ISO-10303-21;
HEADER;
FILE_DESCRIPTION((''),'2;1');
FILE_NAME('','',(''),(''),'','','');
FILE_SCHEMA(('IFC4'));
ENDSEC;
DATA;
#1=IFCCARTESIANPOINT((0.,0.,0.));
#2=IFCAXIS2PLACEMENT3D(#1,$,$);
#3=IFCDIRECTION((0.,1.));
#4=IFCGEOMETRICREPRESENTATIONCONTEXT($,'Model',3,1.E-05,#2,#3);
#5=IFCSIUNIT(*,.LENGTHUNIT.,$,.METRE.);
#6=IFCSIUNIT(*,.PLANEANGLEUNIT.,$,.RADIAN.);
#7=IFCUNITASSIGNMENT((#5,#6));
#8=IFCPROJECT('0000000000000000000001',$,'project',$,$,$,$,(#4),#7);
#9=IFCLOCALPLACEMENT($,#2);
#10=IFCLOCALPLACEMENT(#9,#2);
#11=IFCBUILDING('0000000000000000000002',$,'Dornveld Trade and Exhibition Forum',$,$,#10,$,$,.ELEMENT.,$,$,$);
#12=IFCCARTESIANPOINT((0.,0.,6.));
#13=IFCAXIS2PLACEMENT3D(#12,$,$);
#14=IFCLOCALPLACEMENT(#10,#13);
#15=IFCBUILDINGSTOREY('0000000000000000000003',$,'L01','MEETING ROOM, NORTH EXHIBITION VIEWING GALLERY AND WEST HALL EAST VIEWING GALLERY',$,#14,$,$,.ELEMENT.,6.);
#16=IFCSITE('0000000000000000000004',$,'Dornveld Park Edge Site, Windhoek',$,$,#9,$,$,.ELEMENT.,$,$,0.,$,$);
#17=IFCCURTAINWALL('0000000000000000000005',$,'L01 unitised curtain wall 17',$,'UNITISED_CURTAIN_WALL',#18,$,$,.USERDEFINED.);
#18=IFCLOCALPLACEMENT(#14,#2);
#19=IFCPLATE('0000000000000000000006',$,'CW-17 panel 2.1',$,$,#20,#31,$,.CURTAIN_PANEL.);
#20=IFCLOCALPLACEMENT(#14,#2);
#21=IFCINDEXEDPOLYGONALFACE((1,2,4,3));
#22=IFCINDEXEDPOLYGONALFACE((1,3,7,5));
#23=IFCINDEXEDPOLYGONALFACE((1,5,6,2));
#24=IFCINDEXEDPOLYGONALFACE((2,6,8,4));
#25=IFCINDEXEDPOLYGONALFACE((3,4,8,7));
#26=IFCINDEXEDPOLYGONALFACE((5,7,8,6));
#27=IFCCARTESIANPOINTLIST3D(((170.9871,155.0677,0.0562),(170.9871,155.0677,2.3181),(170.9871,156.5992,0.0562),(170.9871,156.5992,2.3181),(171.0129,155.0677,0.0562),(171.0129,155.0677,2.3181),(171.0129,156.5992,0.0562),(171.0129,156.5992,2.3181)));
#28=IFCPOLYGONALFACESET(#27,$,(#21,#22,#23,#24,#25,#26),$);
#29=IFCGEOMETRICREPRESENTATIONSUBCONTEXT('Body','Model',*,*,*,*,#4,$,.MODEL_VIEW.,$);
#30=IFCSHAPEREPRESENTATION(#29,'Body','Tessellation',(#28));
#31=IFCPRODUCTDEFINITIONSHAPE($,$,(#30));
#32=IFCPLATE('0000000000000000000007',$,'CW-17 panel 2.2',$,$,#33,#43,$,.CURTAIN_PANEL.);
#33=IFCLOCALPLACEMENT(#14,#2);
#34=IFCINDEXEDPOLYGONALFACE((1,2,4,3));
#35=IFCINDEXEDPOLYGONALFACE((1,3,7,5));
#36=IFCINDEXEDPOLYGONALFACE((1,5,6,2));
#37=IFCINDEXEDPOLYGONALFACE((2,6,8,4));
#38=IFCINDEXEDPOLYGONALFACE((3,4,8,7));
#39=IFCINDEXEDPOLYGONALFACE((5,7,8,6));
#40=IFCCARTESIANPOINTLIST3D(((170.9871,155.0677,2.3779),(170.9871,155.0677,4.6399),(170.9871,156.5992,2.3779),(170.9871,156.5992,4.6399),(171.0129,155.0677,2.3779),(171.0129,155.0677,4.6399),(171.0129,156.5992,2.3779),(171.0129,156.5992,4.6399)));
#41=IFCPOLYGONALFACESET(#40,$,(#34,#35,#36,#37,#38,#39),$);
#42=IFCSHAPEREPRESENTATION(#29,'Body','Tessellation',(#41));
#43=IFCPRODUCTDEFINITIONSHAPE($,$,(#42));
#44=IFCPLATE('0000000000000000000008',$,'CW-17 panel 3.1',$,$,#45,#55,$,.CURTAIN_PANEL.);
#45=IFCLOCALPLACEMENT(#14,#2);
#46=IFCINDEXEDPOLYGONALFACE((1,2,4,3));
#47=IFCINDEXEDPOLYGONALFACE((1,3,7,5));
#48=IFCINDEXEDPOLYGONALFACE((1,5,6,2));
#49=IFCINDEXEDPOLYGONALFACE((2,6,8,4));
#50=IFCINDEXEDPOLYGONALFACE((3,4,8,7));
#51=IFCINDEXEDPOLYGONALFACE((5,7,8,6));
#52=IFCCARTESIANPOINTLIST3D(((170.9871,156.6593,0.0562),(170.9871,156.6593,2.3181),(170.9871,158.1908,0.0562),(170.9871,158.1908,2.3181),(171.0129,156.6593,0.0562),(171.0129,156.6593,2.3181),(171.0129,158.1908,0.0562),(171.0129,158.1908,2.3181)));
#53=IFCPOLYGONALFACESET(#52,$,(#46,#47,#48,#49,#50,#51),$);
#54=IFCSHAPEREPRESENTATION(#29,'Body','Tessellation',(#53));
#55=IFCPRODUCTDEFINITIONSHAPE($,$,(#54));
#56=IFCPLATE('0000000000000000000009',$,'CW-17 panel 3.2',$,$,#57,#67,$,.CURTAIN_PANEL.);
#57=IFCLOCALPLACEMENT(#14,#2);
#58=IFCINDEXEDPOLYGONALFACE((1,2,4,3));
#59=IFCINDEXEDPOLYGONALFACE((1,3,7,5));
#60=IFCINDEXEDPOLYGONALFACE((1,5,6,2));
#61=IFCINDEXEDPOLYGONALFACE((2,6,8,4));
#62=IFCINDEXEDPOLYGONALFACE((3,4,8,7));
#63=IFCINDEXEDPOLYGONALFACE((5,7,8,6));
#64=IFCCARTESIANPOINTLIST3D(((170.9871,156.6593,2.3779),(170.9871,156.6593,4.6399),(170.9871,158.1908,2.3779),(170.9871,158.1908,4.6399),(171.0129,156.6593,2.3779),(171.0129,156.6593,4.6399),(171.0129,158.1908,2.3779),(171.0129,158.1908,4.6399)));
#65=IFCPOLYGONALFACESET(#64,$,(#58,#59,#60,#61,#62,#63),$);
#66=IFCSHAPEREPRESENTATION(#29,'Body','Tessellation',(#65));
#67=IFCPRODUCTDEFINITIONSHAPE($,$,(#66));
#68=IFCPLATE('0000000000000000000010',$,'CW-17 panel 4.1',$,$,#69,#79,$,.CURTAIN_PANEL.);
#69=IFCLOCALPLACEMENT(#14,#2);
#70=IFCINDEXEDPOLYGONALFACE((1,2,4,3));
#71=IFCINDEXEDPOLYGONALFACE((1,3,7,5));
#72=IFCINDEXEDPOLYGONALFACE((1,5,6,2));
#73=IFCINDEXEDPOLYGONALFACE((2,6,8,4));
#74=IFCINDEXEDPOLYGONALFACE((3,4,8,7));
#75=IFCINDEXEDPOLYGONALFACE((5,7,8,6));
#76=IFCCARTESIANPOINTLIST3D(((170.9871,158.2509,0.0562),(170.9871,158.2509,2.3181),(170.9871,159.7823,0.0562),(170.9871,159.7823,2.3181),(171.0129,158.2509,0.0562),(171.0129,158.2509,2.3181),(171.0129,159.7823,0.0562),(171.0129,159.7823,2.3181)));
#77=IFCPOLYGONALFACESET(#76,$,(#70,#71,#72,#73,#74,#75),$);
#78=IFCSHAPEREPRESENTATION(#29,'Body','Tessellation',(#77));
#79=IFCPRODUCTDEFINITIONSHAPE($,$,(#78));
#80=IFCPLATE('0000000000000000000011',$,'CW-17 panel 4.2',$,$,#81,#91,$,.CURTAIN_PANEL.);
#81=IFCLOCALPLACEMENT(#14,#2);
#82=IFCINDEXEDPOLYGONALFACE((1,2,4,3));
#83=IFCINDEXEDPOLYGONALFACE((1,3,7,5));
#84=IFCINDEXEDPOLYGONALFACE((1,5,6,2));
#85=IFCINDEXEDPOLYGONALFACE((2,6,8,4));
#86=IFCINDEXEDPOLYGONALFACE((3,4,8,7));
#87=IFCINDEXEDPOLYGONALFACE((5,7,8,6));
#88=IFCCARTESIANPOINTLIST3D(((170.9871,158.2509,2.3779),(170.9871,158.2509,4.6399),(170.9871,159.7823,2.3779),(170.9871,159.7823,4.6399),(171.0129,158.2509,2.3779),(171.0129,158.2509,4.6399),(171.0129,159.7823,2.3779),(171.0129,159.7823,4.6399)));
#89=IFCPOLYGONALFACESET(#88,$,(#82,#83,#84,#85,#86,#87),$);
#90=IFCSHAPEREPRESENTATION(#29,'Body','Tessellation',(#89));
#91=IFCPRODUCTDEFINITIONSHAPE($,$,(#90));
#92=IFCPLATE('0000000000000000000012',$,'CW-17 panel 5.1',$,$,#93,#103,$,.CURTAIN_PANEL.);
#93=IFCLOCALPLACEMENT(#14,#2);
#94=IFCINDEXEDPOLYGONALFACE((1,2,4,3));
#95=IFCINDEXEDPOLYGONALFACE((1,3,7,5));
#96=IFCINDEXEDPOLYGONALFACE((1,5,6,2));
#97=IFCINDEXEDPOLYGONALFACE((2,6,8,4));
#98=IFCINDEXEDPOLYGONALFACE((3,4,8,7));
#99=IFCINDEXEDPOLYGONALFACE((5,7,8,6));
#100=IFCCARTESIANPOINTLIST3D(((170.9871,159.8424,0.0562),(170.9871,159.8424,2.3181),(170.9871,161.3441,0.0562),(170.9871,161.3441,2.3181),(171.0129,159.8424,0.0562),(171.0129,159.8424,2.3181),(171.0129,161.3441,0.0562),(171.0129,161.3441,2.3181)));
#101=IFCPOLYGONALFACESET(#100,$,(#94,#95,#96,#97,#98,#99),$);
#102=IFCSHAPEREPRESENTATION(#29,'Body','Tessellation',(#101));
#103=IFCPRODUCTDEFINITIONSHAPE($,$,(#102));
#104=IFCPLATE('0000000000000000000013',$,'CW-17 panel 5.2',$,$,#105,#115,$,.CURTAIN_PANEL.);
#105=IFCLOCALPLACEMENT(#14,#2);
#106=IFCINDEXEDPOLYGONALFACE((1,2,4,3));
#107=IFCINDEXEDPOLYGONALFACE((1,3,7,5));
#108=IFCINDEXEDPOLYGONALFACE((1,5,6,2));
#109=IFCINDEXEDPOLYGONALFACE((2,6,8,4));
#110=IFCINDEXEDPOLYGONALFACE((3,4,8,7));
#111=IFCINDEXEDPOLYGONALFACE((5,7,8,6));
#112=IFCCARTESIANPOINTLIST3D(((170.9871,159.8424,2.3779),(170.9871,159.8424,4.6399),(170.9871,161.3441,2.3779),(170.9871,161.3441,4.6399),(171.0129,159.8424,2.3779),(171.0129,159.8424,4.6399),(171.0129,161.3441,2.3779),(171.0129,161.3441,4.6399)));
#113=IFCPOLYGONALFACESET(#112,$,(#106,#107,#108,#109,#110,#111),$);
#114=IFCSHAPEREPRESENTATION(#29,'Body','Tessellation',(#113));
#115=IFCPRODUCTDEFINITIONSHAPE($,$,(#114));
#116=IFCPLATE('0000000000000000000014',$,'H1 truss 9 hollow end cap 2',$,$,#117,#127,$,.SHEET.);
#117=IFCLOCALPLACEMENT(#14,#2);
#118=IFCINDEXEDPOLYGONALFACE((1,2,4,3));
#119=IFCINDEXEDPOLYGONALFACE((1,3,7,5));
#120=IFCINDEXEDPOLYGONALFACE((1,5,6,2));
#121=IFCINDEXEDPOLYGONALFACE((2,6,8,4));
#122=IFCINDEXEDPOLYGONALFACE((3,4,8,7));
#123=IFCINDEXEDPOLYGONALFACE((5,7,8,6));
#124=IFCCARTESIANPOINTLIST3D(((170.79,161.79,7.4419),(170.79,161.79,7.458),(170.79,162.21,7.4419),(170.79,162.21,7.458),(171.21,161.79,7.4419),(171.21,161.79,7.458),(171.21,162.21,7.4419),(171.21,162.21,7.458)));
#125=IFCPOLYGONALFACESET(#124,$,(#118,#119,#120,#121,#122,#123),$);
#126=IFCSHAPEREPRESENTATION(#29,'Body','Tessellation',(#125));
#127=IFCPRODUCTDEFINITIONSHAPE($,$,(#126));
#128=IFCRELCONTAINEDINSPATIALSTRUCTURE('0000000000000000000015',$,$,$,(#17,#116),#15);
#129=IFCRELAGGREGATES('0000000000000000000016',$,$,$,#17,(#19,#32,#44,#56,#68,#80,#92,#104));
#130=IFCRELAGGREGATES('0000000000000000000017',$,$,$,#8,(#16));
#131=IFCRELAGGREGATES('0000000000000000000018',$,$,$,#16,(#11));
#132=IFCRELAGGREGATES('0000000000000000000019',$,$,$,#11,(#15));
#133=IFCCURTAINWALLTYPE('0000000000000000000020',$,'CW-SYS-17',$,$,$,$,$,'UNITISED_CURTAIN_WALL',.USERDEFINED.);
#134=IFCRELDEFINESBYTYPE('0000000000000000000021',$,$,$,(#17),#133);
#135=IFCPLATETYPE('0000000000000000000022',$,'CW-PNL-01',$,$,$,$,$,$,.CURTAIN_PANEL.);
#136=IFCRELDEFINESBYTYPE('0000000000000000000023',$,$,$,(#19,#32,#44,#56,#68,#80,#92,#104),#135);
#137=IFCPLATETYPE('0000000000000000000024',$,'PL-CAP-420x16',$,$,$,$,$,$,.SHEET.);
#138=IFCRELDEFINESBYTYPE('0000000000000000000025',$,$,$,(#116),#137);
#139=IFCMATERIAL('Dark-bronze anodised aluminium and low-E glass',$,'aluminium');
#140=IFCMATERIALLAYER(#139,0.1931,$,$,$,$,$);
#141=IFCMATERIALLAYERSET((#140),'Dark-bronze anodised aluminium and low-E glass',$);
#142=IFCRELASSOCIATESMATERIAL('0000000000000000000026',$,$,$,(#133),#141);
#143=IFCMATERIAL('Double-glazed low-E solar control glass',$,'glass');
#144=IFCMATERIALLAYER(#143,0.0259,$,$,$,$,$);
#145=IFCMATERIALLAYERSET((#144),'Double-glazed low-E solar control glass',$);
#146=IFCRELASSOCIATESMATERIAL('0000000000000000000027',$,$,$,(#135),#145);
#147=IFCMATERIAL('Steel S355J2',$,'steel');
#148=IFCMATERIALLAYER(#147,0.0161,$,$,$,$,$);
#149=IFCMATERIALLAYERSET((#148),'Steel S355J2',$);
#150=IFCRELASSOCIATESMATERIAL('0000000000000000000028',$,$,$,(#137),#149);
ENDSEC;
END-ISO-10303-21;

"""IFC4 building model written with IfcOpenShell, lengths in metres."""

from ifc_helpers import new_model, si_unit, direction, frame, origin, origin_2d, place, context, subcontext, project, spatial, rectangle, extrude, material, layer, layer_set, type_object, element, aggregate, save


model = new_model("IFC4")

# Units and contexts
model_context = context("Model", 3, precision=1e-05, world=origin(), true_north=direction((0.0, 1.0)))
body_context = subcontext(model_context, "Body", "Model", "MODEL_VIEW")
ifc_project = project(units=[si_unit("LENGTHUNIT", "METRE"), si_unit("PLANEANGLEUNIT", "RADIAN")], contexts=[model_context])

# Site, building, storey
site_placement = place(None, origin())
site = spatial("IfcSite", under=ifc_project, at=site_placement, Name="Dornveld Park Edge Site, Windhoek", CompositionType="ELEMENT", RefElevation=0.0)
building_placement = place(site_placement, origin())
building = spatial("IfcBuilding", under=site, at=building_placement, Name="Dornveld Trade and Exhibition Forum", CompositionType="ELEMENT")
storey_placement = place(building_placement, frame((0.0, 0.0, 6.0)))
storey = spatial("IfcBuildingStorey", under=building, at=storey_placement, Name="L01", Description="MEETING ROOM, NORTH EXHIBITION VIEWING GALLERY AND WEST HALL EAST VIEWING GALLERY", CompositionType="ELEMENT", Elevation=6.0)

# Curtain wall
ifc_material_1 = material(Name="Dark-bronze anodised aluminium and low-E glass", Category="aluminium")
ifc_layer_1 = layer(ifc_material_1, 0.1931)
ifc_layer_set_1 = layer_set([ifc_layer_1], Name="Dark-bronze anodised aluminium and low-E glass")
curtain_wall_type = type_object("IfcCurtainWallType", Name="CW-SYS-17", ElementType="UNITISED_CURTAIN_WALL", PredefinedType="USERDEFINED", material=ifc_layer_set_1)
curtain_wall_placement = place(storey_placement, origin())
curtain_wall = element("IfcCurtainWall", 1, at=curtain_wall_placement, inside=storey, type_object=curtain_wall_type, Name="L01 unitised curtain wall 17", ObjectType="UNITISED_CURTAIN_WALL", PredefinedType="USERDEFINED")

# Plates
ifc_material_2 = material(Name="Double-glazed low-E solar control glass", Category="glass")
ifc_layer_2 = layer(ifc_material_2, 0.0259)
ifc_layer_set_2 = layer_set([ifc_layer_2], Name="Double-glazed low-E solar control glass")
plate_type_1 = type_object("IfcPlateType", Name="CW-PNL-01", PredefinedType="CURTAIN_PANEL", material=ifc_layer_set_2)
plate_1_placement = place(storey_placement, frame((171.0, 155.8335, 0.0562), z_axis=(0.0, 0.0, 1.0), x_axis=(0.0, 1.0, 0.0)))
plate_1 = element("IfcPlate", 2, at=plate_1_placement, type_object=plate_type_1, Name="CW-17 panel 2.1", PredefinedType="CURTAIN_PANEL", context=body_context, shape_type="SweptSolid", body=[
    extrude(rectangle(XDim=1.5315, YDim=0.0259, at=origin_2d()), origin(), (0.0, 0.0, 1.0), 2.262),
])
plate_2_placement = place(storey_placement, frame((171.0, 155.8335, 2.3779), z_axis=(0.0, 0.0, 1.0), x_axis=(0.0, 1.0, 0.0)))
plate_2 = element("IfcPlate", 3, at=plate_2_placement, type_object=plate_type_1, Name="CW-17 panel 2.2", PredefinedType="CURTAIN_PANEL", context=body_context, shape_type="SweptSolid", body=[
    extrude(rectangle(XDim=1.5315, YDim=0.0259, at=origin_2d()), origin(), (0.0, 0.0, 1.0), 2.262),
])
plate_3_placement = place(storey_placement, frame((171.0, 157.425, 0.0562), z_axis=(0.0, 0.0, 1.0), x_axis=(0.0, 1.0, 0.0)))
plate_3 = element("IfcPlate", 4, at=plate_3_placement, type_object=plate_type_1, Name="CW-17 panel 3.1", PredefinedType="CURTAIN_PANEL", context=body_context, shape_type="SweptSolid", body=[
    extrude(rectangle(XDim=1.5315, YDim=0.0259, at=origin_2d()), origin(), (0.0, 0.0, 1.0), 2.262),
])
plate_4_placement = place(storey_placement, frame((171.0, 157.425, 2.3779), z_axis=(0.0, 0.0, 1.0), x_axis=(0.0, 1.0, 0.0)))
plate_4 = element("IfcPlate", 5, at=plate_4_placement, type_object=plate_type_1, Name="CW-17 panel 3.2", PredefinedType="CURTAIN_PANEL", context=body_context, shape_type="SweptSolid", body=[
    extrude(rectangle(XDim=1.5315, YDim=0.0259, at=origin_2d()), origin(), (0.0, 0.0, 1.0), 2.262),
])
plate_5_placement = place(storey_placement, frame((171.0, 159.0166, 0.0562), z_axis=(0.0, 0.0, 1.0), x_axis=(0.0, 1.0, 0.0)))
plate_5 = element("IfcPlate", 6, at=plate_5_placement, type_object=plate_type_1, Name="CW-17 panel 4.1", PredefinedType="CURTAIN_PANEL", context=body_context, shape_type="SweptSolid", body=[
    extrude(rectangle(XDim=1.5315, YDim=0.0259, at=origin_2d()), origin(), (0.0, 0.0, 1.0), 2.262),
])
plate_6_placement = place(storey_placement, frame((171.0, 159.0166, 2.3779), z_axis=(0.0, 0.0, 1.0), x_axis=(0.0, 1.0, 0.0)))
plate_6 = element("IfcPlate", 7, at=plate_6_placement, type_object=plate_type_1, Name="CW-17 panel 4.2", PredefinedType="CURTAIN_PANEL", context=body_context, shape_type="SweptSolid", body=[
    extrude(rectangle(XDim=1.5315, YDim=0.0259, at=origin_2d()), origin(), (0.0, 0.0, 1.0), 2.262),
])
plate_7_placement = place(storey_placement, frame((171.0, 160.5933, 0.0562), z_axis=(0.0, 0.0, 1.0), x_axis=(0.0, 1.0, 0.0)))
plate_7 = element("IfcPlate", 8, at=plate_7_placement, type_object=plate_type_1, Name="CW-17 panel 5.1", PredefinedType="CURTAIN_PANEL", context=body_context, shape_type="SweptSolid", body=[
    extrude(rectangle(XDim=1.5017, YDim=0.0259, at=origin_2d()), origin(), (0.0, 0.0, 1.0), 2.262),
])
plate_8_placement = place(storey_placement, frame((171.0, 160.5933, 2.3779), z_axis=(0.0, 0.0, 1.0), x_axis=(0.0, 1.0, 0.0)))
plate_8 = element("IfcPlate", 9, at=plate_8_placement, type_object=plate_type_1, Name="CW-17 panel 5.2", PredefinedType="CURTAIN_PANEL", context=body_context, shape_type="SweptSolid", body=[
    extrude(rectangle(XDim=1.5017, YDim=0.0259, at=origin_2d()), origin(), (0.0, 0.0, 1.0), 2.262),
])
aggregate(curtain_wall, [plate_1, plate_2, plate_3, plate_4, plate_5, plate_6, plate_7, plate_8])
ifc_material_3 = material(Name="Steel S355J2", Category="steel")
ifc_layer_3 = layer(ifc_material_3, 0.0161)
ifc_layer_set_3 = layer_set([ifc_layer_3], Name="Steel S355J2")
plate_type_2 = type_object("IfcPlateType", Name="PL-CAP-420x16", PredefinedType="SHEET", material=ifc_layer_set_3)
plate_9_placement = place(storey_placement, frame((171.0, 162.0, 7.4419), z_axis=(0.0, 0.0, 1.0), x_axis=(1.0, 0.0, 0.0)))
element("IfcPlate", 10, at=plate_9_placement, inside=storey, type_object=plate_type_2, Name="H1 truss 9 hollow end cap 2", PredefinedType="SHEET", context=body_context, shape_type="SweptSolid", body=[
    extrude(rectangle(XDim=0.4199, YDim=0.4199, at=origin_2d()), origin(), (0.0, 0.0, 1.0), 0.0161),
])

save(model, "model.ifc")
